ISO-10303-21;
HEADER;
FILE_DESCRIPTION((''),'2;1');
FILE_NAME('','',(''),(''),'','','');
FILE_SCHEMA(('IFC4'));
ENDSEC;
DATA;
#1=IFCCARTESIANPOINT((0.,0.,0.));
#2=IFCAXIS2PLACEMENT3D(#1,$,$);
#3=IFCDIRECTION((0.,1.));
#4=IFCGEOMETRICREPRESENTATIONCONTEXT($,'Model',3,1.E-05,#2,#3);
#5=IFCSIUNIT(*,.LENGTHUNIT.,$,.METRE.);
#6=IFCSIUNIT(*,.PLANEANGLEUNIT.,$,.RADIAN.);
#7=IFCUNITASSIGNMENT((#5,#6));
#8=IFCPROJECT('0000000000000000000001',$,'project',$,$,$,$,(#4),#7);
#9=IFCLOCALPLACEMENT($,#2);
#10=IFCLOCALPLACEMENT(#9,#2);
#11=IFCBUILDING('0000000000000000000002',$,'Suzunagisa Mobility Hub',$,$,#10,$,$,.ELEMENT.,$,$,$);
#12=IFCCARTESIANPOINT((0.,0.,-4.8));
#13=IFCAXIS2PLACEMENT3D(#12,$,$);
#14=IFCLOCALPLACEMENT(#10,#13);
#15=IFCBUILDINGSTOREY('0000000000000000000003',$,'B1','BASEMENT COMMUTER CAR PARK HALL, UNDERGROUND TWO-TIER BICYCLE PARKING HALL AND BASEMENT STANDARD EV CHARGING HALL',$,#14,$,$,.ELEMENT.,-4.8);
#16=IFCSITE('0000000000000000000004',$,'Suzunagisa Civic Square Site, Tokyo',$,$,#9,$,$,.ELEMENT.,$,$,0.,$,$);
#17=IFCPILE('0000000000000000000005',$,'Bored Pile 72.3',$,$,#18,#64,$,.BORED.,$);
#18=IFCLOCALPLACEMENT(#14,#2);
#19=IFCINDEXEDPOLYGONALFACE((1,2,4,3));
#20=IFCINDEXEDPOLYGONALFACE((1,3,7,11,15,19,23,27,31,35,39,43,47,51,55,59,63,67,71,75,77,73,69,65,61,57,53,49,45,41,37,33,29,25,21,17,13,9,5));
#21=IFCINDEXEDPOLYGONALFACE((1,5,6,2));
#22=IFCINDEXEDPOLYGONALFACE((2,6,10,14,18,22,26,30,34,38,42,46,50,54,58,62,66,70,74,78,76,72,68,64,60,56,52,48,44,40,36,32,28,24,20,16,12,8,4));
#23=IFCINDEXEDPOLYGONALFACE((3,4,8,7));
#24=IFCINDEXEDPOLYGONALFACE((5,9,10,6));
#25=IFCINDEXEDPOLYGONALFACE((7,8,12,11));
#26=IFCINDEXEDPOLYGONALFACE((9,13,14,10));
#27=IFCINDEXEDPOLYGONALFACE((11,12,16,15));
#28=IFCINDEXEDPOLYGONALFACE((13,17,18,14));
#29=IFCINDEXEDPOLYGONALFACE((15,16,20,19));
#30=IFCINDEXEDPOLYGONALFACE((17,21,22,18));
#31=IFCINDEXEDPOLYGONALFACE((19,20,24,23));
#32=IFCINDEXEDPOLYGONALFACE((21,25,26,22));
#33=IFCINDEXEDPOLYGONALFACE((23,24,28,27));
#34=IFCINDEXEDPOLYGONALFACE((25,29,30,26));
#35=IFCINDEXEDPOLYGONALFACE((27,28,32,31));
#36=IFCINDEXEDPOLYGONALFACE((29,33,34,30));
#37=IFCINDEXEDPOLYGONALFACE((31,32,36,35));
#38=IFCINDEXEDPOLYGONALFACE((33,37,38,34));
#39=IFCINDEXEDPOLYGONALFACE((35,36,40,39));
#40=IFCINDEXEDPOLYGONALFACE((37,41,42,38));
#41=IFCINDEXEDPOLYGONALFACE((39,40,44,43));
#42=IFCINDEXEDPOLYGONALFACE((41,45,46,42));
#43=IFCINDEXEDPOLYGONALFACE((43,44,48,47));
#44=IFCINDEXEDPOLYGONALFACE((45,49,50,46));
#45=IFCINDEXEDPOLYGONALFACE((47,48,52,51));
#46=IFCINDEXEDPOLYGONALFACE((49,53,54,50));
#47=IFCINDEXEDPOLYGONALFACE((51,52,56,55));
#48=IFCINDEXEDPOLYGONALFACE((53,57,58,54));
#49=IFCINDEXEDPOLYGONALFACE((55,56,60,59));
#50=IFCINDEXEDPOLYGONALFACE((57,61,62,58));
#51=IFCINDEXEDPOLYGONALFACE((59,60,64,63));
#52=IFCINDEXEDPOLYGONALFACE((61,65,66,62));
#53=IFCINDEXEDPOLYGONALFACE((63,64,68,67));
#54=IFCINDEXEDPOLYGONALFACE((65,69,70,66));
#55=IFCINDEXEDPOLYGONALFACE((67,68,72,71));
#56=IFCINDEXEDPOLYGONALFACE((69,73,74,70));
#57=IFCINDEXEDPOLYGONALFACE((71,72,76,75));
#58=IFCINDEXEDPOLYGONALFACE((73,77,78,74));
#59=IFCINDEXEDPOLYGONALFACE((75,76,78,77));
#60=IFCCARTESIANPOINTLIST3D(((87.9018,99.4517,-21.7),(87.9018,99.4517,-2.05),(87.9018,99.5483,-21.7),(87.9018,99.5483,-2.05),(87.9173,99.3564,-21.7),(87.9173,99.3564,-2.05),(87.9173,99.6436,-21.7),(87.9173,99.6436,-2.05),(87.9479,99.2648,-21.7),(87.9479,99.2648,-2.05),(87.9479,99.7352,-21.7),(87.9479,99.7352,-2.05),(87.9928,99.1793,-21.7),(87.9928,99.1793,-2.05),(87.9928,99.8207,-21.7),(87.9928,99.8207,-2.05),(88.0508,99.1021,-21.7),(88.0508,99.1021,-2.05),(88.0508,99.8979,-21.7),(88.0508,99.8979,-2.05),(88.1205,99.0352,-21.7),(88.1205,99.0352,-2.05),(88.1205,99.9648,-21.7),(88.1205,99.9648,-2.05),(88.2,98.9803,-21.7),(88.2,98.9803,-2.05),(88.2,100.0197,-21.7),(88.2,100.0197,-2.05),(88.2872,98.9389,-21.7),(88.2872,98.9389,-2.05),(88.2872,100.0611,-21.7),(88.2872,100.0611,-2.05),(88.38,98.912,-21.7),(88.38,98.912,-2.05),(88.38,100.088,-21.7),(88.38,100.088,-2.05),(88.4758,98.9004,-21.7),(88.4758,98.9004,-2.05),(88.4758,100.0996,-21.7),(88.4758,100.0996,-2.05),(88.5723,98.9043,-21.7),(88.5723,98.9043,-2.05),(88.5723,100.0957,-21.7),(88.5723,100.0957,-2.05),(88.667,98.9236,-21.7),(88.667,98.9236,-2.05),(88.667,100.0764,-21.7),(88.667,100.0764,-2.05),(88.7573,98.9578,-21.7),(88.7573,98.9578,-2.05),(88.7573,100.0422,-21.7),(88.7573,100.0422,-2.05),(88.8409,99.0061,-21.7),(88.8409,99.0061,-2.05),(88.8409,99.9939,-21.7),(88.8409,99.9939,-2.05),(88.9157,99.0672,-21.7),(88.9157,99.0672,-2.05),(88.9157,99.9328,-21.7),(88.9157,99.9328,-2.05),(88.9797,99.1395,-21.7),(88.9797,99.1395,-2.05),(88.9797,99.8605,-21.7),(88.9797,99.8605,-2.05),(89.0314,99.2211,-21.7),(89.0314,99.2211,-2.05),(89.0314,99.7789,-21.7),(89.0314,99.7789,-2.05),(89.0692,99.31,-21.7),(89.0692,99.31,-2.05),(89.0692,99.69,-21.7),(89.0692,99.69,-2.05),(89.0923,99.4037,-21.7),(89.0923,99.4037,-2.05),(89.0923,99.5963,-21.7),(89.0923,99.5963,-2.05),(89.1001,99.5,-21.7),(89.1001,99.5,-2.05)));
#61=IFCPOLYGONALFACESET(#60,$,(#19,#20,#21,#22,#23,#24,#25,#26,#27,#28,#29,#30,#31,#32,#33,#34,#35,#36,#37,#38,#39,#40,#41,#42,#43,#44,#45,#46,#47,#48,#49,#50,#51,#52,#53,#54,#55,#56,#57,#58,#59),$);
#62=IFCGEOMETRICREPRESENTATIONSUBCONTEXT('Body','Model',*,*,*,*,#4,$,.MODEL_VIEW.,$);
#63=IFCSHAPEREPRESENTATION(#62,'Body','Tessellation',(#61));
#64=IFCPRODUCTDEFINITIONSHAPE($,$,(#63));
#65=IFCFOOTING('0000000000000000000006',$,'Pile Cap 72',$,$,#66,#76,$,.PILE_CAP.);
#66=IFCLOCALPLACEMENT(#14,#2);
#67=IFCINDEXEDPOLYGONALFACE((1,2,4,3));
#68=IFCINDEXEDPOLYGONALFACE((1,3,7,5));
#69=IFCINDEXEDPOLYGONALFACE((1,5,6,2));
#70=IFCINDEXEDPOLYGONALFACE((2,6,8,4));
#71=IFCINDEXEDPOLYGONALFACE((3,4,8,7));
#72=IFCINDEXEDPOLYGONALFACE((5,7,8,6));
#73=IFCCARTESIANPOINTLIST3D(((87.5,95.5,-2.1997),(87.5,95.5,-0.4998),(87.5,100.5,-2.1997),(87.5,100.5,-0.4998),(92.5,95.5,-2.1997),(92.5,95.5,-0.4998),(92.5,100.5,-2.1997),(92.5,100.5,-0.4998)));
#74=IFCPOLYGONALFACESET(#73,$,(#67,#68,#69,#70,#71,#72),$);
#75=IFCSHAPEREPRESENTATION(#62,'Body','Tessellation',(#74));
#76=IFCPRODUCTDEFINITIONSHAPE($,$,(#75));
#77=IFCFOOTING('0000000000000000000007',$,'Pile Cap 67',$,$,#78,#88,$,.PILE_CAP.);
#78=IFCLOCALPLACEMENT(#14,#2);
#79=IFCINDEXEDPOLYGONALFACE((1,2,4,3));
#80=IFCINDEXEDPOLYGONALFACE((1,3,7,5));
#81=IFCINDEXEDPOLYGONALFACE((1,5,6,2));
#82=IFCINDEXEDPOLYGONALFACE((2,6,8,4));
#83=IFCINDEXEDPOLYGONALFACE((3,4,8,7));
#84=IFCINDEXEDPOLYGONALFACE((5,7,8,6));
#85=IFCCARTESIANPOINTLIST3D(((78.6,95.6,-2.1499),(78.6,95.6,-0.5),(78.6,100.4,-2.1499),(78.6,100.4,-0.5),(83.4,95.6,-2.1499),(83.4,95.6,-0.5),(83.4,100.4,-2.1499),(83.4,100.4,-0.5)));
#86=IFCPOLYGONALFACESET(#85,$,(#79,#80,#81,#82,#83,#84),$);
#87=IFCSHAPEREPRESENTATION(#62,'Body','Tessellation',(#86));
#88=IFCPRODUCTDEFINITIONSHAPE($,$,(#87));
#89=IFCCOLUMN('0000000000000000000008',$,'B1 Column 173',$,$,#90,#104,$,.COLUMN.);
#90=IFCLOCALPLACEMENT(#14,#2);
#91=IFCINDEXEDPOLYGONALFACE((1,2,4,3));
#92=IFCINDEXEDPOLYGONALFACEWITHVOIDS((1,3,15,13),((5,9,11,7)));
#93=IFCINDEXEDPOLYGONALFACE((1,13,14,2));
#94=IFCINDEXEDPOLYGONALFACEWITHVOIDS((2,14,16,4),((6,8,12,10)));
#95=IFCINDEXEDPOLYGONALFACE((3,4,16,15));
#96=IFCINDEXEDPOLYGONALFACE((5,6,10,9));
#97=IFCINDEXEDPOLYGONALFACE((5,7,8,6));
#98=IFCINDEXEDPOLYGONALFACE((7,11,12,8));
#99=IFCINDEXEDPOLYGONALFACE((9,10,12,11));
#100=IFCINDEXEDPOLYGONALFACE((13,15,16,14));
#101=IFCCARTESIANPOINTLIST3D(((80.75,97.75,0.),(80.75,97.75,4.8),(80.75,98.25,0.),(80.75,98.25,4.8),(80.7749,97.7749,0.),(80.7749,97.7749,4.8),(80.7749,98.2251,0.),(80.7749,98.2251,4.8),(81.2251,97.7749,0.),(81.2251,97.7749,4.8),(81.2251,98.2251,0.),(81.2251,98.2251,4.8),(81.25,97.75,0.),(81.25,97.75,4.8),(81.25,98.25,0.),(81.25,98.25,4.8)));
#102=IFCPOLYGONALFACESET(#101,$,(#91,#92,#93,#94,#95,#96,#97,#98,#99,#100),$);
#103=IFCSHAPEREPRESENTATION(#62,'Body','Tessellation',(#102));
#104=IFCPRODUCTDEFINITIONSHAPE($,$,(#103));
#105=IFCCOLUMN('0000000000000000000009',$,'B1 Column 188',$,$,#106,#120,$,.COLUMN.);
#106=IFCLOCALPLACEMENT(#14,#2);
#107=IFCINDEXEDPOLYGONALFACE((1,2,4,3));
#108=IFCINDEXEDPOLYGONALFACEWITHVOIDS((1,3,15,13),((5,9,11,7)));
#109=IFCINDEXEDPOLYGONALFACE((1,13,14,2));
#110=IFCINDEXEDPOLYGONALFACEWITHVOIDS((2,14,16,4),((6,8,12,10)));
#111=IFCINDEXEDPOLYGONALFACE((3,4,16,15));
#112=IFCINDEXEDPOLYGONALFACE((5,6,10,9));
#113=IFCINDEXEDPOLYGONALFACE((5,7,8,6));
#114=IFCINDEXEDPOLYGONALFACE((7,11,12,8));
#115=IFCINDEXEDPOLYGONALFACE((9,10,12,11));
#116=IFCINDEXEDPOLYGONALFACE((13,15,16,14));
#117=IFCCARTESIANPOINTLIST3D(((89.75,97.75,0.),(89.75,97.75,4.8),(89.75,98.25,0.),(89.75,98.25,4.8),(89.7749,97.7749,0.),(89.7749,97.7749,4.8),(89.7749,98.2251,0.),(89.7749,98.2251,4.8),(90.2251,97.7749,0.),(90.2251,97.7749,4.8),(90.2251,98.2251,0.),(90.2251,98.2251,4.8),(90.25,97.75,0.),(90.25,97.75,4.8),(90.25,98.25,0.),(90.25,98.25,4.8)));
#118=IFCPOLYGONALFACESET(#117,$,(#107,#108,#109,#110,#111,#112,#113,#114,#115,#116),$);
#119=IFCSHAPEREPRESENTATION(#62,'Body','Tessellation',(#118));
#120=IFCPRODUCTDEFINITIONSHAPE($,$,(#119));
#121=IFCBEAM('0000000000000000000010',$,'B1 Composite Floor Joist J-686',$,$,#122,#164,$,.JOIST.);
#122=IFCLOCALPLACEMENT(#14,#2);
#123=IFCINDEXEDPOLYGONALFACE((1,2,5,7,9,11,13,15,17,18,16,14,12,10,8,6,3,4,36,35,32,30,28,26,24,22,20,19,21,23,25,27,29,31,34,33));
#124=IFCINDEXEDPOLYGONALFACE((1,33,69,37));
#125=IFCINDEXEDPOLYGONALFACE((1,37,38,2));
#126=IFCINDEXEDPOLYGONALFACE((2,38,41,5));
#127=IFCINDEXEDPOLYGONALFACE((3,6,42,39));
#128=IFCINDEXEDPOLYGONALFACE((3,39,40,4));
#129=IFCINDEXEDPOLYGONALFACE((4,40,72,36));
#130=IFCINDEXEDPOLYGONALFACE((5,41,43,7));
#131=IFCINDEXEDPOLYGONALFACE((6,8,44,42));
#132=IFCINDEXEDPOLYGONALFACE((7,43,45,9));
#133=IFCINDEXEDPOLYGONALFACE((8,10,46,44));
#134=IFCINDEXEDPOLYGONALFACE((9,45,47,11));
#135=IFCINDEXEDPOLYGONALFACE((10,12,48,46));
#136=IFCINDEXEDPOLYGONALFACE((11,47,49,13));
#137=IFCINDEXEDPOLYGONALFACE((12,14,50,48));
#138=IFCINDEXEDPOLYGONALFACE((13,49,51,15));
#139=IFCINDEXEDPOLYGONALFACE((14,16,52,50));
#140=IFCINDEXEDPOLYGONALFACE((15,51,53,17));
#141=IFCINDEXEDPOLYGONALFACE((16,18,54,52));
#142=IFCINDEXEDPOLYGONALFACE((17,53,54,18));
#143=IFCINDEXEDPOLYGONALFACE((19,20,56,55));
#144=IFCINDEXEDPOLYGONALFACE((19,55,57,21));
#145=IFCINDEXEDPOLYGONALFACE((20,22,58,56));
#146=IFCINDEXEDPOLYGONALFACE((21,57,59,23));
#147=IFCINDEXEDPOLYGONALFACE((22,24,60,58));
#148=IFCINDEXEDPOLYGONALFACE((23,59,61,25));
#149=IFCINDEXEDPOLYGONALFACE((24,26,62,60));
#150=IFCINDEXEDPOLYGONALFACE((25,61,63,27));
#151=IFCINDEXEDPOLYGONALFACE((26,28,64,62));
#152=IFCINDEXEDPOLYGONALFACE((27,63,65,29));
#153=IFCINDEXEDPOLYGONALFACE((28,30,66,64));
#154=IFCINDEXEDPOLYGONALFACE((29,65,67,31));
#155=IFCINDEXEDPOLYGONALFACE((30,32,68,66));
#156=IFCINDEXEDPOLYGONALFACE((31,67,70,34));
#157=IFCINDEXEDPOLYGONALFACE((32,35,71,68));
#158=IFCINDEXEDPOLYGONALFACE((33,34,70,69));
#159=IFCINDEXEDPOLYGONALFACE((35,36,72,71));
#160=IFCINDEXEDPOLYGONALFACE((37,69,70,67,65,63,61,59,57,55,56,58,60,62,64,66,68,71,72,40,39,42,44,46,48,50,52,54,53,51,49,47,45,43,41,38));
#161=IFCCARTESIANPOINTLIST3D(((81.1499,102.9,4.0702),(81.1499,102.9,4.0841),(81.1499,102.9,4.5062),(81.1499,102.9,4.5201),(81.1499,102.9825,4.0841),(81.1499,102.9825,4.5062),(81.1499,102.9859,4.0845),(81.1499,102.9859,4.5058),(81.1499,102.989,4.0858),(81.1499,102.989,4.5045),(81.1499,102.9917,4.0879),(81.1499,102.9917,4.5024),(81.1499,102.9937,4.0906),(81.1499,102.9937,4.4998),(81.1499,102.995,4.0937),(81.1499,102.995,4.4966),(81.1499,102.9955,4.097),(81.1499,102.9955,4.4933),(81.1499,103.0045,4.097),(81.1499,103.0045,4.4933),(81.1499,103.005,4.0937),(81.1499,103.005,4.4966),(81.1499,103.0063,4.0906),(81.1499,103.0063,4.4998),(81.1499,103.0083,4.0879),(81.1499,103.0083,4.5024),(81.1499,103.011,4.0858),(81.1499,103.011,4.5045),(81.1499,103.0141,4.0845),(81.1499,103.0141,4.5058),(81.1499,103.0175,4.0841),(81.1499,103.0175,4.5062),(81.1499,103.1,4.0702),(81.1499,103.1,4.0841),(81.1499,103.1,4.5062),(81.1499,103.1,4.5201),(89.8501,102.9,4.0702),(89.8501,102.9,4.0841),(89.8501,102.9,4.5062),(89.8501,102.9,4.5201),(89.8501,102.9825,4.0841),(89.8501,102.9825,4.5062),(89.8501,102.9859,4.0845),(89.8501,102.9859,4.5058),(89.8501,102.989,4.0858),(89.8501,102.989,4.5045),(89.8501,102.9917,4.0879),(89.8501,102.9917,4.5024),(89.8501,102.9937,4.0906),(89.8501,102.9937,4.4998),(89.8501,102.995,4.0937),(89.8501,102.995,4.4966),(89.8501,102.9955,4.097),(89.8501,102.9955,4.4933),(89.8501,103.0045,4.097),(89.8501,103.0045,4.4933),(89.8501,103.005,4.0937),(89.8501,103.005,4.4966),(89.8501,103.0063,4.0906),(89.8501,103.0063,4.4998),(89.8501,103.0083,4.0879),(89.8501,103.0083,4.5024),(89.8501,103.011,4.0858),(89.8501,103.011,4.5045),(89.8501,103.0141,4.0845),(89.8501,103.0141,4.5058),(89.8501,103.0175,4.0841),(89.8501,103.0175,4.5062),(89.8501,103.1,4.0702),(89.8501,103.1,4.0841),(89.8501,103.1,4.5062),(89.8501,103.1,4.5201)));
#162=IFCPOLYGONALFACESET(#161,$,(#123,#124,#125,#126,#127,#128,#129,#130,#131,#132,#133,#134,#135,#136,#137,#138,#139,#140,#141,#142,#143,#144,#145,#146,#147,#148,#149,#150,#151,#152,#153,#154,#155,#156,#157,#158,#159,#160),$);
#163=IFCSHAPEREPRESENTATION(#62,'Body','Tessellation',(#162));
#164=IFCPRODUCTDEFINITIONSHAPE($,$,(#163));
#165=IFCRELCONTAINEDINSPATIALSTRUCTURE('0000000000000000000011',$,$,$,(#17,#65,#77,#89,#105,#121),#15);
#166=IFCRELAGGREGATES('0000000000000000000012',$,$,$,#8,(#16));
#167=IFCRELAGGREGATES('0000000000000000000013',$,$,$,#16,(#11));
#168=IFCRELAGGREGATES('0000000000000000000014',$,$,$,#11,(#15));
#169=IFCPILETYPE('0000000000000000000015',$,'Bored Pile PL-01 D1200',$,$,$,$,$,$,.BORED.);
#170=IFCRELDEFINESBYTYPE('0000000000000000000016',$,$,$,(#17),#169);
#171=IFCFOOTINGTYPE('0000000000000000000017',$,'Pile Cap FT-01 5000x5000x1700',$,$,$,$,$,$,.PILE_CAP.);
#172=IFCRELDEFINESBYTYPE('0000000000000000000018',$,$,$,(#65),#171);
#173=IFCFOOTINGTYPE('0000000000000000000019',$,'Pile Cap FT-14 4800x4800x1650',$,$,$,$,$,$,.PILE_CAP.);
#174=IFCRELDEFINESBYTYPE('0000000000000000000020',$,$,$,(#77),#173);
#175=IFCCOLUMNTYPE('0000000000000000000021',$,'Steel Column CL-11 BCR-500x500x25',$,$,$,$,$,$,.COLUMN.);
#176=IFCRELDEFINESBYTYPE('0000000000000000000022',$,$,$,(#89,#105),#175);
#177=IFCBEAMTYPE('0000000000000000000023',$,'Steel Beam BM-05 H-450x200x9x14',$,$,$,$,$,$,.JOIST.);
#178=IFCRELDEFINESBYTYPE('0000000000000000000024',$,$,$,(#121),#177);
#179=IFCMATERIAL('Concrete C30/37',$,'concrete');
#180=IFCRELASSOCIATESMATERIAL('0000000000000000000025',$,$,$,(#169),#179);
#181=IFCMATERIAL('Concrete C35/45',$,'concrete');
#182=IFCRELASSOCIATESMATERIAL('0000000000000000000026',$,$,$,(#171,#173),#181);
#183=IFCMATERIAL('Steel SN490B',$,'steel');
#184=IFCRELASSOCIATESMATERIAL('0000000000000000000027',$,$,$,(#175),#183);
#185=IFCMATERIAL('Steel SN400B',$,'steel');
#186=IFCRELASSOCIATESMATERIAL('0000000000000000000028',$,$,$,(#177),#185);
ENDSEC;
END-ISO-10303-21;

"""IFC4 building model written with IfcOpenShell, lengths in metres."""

from ifc_helpers import new_model, si_unit, direction, frame, origin, origin_2d, place, context, subcontext, project, spatial, rectangle, hollow_rectangle, circle, i_section, extrude, material, material_profile, profile_set, type_object, element, save


model = new_model("IFC4")

# Units and contexts
model_context = context("Model", 3, precision=1e-05, world=origin(), true_north=direction((0.0, 1.0)))
body_context = subcontext(model_context, "Body", "Model", "MODEL_VIEW")
ifc_project = project(units=[si_unit("LENGTHUNIT", "METRE"), si_unit("PLANEANGLEUNIT", "RADIAN")], contexts=[model_context])

# Site, building, storey
site_placement = place(None, origin())
site = spatial("IfcSite", under=ifc_project, at=site_placement, Name="Suzunagisa Civic Square Site, Tokyo", CompositionType="ELEMENT", RefElevation=0.0)
building_placement = place(site_placement, origin())
building = spatial("IfcBuilding", under=site, at=building_placement, Name="Suzunagisa Mobility Hub", CompositionType="ELEMENT")
storey_placement = place(building_placement, frame((0.0, 0.0, -4.8)))
storey = spatial("IfcBuildingStorey", under=building, at=storey_placement, Name="B1", Description="BASEMENT COMMUTER CAR PARK HALL, UNDERGROUND TWO-TIER BICYCLE PARKING HALL AND BASEMENT STANDARD EV CHARGING HALL", CompositionType="ELEMENT", Elevation=-4.8)

# Pile
ifc_material_1 = material(Name="Concrete C30/37", Category="concrete")
ifc_material_profile_1 = material_profile(ifc_material_1, circle(Radius=0.6001, at=origin_2d()), Name="BORED PILE D1200")
ifc_profile_set_1 = profile_set([ifc_material_profile_1], Name="Concrete C30/37")
pile_type = type_object("IfcPileType", Name="Bored Pile PL-01 D1200", PredefinedType="BORED", material=ifc_profile_set_1)
pile_1_placement = place(storey_placement, frame((88.5, 99.5, -2.05), z_axis=(0.0, 0.0, -1.0), x_axis=(1.0, 0.0, 0.0)))
element("IfcPile", 1, at=pile_1_placement, inside=storey, type_object=pile_type, Name="Bored Pile 72.3", PredefinedType="BORED", context=body_context, shape_type="SweptSolid", body=[
    extrude(circle(Radius=0.6001, at=origin_2d()), origin(), (0.0, 0.0, 1.0), 19.6499),
])

# Footings
ifc_material_2 = material(Name="Concrete C35/45", Category="concrete")
footing_type_1 = type_object("IfcFootingType", Name="Pile Cap FT-01 5000x5000x1700", PredefinedType="PILE_CAP", material=ifc_material_2)
footing_1_placement = place(storey_placement, frame((90.0, 98.0, -2.1997), z_axis=(0.0, 0.0, 1.0), x_axis=(1.0, 0.0, 0.0)))
element("IfcFooting", 2, at=footing_1_placement, inside=storey, type_object=footing_type_1, Name="Pile Cap 72", PredefinedType="PILE_CAP", context=body_context, shape_type="SweptSolid", body=[
    extrude(rectangle(XDim=5.0, YDim=5.0, at=origin_2d()), origin(), (0.0, 0.0, 1.0), 1.7),
])
footing_type_2 = type_object("IfcFootingType", Name="Pile Cap FT-14 4800x4800x1650", PredefinedType="PILE_CAP", material=ifc_material_2)
footing_2_placement = place(storey_placement, frame((81.0, 98.0, -2.1499), z_axis=(0.0, 0.0, 1.0), x_axis=(1.0, 0.0, 0.0)))
element("IfcFooting", 3, at=footing_2_placement, inside=storey, type_object=footing_type_2, Name="Pile Cap 67", PredefinedType="PILE_CAP", context=body_context, shape_type="SweptSolid", body=[
    extrude(rectangle(XDim=4.8, YDim=4.8, at=origin_2d()), origin(), (0.0, 0.0, 1.0), 1.6499),
])

# Columns
ifc_material_3 = material(Name="Steel SN490B", Category="steel")
ifc_material_profile_2 = material_profile(ifc_material_3, hollow_rectangle(XDim=0.5, YDim=0.5, WallThickness=0.0249, at=origin_2d()), Name="BCR-500x500x25")
ifc_profile_set_2 = profile_set([ifc_material_profile_2], Name="Steel SN490B")
column_type = type_object("IfcColumnType", Name="Steel Column CL-11 BCR-500x500x25", PredefinedType="COLUMN", material=ifc_profile_set_2)
for number, where, z_axis, x_axis, name in (
    (4, (81.0, 98.0, 0.0), (0.0, 0.0, 1.0), (1.0, 0.0, 0.0), "B1 Column 173"),
    (5, (90.0, 98.0, 0.0), (0.0, 0.0, 1.0), (1.0, 0.0, 0.0), "B1 Column 188"),
):
    element("IfcColumn", number, at=place(storey_placement, frame(where, z_axis=z_axis, x_axis=x_axis)), inside=storey, type_object=column_type, Name=name, PredefinedType="COLUMN", context=body_context, shape_type="SweptSolid", body=[
        extrude(hollow_rectangle(XDim=0.5, YDim=0.5, WallThickness=0.0249, at=origin_2d()), origin(), (0.0, 0.0, 1.0), 4.8),
    ])

# Beam
ifc_material_4 = material(Name="Steel SN400B", Category="steel")
ifc_material_profile_3 = material_profile(ifc_material_4, i_section(OverallWidth=0.2, OverallDepth=0.45, WebThickness=0.009, FlangeThickness=0.0139, FilletRadius=0.0129, at=origin_2d()), Name="H-450x200x9x14")
ifc_profile_set_3 = profile_set([ifc_material_profile_3], Name="Steel SN400B")
beam_type_1 = type_object("IfcBeamType", Name="Steel Beam BM-05 H-450x200x9x14", PredefinedType="JOIST", material=ifc_profile_set_3)
for number, where, z_axis, x_axis, name in (
    (6, (81.1499, 103.0, 4.2952), (1.0, 0.0, 0.0), (0.0, 1.0, 0.0), "B1 Composite Floor Joist J-686"),
):
    element("IfcBeam", number, at=place(storey_placement, frame(where, z_axis=z_axis, x_axis=x_axis)), inside=storey, type_object=beam_type_1, Name=name, PredefinedType="JOIST", context=body_context, shape_type="SweptSolid", body=[
        extrude(i_section(OverallWidth=0.2, OverallDepth=0.45, WebThickness=0.009, FlangeThickness=0.0139, FilletRadius=0.0129, at=origin_2d()), origin(), (0.0, 0.0, 1.0), 8.7002),
    ])

save(model, "model.ifc")
